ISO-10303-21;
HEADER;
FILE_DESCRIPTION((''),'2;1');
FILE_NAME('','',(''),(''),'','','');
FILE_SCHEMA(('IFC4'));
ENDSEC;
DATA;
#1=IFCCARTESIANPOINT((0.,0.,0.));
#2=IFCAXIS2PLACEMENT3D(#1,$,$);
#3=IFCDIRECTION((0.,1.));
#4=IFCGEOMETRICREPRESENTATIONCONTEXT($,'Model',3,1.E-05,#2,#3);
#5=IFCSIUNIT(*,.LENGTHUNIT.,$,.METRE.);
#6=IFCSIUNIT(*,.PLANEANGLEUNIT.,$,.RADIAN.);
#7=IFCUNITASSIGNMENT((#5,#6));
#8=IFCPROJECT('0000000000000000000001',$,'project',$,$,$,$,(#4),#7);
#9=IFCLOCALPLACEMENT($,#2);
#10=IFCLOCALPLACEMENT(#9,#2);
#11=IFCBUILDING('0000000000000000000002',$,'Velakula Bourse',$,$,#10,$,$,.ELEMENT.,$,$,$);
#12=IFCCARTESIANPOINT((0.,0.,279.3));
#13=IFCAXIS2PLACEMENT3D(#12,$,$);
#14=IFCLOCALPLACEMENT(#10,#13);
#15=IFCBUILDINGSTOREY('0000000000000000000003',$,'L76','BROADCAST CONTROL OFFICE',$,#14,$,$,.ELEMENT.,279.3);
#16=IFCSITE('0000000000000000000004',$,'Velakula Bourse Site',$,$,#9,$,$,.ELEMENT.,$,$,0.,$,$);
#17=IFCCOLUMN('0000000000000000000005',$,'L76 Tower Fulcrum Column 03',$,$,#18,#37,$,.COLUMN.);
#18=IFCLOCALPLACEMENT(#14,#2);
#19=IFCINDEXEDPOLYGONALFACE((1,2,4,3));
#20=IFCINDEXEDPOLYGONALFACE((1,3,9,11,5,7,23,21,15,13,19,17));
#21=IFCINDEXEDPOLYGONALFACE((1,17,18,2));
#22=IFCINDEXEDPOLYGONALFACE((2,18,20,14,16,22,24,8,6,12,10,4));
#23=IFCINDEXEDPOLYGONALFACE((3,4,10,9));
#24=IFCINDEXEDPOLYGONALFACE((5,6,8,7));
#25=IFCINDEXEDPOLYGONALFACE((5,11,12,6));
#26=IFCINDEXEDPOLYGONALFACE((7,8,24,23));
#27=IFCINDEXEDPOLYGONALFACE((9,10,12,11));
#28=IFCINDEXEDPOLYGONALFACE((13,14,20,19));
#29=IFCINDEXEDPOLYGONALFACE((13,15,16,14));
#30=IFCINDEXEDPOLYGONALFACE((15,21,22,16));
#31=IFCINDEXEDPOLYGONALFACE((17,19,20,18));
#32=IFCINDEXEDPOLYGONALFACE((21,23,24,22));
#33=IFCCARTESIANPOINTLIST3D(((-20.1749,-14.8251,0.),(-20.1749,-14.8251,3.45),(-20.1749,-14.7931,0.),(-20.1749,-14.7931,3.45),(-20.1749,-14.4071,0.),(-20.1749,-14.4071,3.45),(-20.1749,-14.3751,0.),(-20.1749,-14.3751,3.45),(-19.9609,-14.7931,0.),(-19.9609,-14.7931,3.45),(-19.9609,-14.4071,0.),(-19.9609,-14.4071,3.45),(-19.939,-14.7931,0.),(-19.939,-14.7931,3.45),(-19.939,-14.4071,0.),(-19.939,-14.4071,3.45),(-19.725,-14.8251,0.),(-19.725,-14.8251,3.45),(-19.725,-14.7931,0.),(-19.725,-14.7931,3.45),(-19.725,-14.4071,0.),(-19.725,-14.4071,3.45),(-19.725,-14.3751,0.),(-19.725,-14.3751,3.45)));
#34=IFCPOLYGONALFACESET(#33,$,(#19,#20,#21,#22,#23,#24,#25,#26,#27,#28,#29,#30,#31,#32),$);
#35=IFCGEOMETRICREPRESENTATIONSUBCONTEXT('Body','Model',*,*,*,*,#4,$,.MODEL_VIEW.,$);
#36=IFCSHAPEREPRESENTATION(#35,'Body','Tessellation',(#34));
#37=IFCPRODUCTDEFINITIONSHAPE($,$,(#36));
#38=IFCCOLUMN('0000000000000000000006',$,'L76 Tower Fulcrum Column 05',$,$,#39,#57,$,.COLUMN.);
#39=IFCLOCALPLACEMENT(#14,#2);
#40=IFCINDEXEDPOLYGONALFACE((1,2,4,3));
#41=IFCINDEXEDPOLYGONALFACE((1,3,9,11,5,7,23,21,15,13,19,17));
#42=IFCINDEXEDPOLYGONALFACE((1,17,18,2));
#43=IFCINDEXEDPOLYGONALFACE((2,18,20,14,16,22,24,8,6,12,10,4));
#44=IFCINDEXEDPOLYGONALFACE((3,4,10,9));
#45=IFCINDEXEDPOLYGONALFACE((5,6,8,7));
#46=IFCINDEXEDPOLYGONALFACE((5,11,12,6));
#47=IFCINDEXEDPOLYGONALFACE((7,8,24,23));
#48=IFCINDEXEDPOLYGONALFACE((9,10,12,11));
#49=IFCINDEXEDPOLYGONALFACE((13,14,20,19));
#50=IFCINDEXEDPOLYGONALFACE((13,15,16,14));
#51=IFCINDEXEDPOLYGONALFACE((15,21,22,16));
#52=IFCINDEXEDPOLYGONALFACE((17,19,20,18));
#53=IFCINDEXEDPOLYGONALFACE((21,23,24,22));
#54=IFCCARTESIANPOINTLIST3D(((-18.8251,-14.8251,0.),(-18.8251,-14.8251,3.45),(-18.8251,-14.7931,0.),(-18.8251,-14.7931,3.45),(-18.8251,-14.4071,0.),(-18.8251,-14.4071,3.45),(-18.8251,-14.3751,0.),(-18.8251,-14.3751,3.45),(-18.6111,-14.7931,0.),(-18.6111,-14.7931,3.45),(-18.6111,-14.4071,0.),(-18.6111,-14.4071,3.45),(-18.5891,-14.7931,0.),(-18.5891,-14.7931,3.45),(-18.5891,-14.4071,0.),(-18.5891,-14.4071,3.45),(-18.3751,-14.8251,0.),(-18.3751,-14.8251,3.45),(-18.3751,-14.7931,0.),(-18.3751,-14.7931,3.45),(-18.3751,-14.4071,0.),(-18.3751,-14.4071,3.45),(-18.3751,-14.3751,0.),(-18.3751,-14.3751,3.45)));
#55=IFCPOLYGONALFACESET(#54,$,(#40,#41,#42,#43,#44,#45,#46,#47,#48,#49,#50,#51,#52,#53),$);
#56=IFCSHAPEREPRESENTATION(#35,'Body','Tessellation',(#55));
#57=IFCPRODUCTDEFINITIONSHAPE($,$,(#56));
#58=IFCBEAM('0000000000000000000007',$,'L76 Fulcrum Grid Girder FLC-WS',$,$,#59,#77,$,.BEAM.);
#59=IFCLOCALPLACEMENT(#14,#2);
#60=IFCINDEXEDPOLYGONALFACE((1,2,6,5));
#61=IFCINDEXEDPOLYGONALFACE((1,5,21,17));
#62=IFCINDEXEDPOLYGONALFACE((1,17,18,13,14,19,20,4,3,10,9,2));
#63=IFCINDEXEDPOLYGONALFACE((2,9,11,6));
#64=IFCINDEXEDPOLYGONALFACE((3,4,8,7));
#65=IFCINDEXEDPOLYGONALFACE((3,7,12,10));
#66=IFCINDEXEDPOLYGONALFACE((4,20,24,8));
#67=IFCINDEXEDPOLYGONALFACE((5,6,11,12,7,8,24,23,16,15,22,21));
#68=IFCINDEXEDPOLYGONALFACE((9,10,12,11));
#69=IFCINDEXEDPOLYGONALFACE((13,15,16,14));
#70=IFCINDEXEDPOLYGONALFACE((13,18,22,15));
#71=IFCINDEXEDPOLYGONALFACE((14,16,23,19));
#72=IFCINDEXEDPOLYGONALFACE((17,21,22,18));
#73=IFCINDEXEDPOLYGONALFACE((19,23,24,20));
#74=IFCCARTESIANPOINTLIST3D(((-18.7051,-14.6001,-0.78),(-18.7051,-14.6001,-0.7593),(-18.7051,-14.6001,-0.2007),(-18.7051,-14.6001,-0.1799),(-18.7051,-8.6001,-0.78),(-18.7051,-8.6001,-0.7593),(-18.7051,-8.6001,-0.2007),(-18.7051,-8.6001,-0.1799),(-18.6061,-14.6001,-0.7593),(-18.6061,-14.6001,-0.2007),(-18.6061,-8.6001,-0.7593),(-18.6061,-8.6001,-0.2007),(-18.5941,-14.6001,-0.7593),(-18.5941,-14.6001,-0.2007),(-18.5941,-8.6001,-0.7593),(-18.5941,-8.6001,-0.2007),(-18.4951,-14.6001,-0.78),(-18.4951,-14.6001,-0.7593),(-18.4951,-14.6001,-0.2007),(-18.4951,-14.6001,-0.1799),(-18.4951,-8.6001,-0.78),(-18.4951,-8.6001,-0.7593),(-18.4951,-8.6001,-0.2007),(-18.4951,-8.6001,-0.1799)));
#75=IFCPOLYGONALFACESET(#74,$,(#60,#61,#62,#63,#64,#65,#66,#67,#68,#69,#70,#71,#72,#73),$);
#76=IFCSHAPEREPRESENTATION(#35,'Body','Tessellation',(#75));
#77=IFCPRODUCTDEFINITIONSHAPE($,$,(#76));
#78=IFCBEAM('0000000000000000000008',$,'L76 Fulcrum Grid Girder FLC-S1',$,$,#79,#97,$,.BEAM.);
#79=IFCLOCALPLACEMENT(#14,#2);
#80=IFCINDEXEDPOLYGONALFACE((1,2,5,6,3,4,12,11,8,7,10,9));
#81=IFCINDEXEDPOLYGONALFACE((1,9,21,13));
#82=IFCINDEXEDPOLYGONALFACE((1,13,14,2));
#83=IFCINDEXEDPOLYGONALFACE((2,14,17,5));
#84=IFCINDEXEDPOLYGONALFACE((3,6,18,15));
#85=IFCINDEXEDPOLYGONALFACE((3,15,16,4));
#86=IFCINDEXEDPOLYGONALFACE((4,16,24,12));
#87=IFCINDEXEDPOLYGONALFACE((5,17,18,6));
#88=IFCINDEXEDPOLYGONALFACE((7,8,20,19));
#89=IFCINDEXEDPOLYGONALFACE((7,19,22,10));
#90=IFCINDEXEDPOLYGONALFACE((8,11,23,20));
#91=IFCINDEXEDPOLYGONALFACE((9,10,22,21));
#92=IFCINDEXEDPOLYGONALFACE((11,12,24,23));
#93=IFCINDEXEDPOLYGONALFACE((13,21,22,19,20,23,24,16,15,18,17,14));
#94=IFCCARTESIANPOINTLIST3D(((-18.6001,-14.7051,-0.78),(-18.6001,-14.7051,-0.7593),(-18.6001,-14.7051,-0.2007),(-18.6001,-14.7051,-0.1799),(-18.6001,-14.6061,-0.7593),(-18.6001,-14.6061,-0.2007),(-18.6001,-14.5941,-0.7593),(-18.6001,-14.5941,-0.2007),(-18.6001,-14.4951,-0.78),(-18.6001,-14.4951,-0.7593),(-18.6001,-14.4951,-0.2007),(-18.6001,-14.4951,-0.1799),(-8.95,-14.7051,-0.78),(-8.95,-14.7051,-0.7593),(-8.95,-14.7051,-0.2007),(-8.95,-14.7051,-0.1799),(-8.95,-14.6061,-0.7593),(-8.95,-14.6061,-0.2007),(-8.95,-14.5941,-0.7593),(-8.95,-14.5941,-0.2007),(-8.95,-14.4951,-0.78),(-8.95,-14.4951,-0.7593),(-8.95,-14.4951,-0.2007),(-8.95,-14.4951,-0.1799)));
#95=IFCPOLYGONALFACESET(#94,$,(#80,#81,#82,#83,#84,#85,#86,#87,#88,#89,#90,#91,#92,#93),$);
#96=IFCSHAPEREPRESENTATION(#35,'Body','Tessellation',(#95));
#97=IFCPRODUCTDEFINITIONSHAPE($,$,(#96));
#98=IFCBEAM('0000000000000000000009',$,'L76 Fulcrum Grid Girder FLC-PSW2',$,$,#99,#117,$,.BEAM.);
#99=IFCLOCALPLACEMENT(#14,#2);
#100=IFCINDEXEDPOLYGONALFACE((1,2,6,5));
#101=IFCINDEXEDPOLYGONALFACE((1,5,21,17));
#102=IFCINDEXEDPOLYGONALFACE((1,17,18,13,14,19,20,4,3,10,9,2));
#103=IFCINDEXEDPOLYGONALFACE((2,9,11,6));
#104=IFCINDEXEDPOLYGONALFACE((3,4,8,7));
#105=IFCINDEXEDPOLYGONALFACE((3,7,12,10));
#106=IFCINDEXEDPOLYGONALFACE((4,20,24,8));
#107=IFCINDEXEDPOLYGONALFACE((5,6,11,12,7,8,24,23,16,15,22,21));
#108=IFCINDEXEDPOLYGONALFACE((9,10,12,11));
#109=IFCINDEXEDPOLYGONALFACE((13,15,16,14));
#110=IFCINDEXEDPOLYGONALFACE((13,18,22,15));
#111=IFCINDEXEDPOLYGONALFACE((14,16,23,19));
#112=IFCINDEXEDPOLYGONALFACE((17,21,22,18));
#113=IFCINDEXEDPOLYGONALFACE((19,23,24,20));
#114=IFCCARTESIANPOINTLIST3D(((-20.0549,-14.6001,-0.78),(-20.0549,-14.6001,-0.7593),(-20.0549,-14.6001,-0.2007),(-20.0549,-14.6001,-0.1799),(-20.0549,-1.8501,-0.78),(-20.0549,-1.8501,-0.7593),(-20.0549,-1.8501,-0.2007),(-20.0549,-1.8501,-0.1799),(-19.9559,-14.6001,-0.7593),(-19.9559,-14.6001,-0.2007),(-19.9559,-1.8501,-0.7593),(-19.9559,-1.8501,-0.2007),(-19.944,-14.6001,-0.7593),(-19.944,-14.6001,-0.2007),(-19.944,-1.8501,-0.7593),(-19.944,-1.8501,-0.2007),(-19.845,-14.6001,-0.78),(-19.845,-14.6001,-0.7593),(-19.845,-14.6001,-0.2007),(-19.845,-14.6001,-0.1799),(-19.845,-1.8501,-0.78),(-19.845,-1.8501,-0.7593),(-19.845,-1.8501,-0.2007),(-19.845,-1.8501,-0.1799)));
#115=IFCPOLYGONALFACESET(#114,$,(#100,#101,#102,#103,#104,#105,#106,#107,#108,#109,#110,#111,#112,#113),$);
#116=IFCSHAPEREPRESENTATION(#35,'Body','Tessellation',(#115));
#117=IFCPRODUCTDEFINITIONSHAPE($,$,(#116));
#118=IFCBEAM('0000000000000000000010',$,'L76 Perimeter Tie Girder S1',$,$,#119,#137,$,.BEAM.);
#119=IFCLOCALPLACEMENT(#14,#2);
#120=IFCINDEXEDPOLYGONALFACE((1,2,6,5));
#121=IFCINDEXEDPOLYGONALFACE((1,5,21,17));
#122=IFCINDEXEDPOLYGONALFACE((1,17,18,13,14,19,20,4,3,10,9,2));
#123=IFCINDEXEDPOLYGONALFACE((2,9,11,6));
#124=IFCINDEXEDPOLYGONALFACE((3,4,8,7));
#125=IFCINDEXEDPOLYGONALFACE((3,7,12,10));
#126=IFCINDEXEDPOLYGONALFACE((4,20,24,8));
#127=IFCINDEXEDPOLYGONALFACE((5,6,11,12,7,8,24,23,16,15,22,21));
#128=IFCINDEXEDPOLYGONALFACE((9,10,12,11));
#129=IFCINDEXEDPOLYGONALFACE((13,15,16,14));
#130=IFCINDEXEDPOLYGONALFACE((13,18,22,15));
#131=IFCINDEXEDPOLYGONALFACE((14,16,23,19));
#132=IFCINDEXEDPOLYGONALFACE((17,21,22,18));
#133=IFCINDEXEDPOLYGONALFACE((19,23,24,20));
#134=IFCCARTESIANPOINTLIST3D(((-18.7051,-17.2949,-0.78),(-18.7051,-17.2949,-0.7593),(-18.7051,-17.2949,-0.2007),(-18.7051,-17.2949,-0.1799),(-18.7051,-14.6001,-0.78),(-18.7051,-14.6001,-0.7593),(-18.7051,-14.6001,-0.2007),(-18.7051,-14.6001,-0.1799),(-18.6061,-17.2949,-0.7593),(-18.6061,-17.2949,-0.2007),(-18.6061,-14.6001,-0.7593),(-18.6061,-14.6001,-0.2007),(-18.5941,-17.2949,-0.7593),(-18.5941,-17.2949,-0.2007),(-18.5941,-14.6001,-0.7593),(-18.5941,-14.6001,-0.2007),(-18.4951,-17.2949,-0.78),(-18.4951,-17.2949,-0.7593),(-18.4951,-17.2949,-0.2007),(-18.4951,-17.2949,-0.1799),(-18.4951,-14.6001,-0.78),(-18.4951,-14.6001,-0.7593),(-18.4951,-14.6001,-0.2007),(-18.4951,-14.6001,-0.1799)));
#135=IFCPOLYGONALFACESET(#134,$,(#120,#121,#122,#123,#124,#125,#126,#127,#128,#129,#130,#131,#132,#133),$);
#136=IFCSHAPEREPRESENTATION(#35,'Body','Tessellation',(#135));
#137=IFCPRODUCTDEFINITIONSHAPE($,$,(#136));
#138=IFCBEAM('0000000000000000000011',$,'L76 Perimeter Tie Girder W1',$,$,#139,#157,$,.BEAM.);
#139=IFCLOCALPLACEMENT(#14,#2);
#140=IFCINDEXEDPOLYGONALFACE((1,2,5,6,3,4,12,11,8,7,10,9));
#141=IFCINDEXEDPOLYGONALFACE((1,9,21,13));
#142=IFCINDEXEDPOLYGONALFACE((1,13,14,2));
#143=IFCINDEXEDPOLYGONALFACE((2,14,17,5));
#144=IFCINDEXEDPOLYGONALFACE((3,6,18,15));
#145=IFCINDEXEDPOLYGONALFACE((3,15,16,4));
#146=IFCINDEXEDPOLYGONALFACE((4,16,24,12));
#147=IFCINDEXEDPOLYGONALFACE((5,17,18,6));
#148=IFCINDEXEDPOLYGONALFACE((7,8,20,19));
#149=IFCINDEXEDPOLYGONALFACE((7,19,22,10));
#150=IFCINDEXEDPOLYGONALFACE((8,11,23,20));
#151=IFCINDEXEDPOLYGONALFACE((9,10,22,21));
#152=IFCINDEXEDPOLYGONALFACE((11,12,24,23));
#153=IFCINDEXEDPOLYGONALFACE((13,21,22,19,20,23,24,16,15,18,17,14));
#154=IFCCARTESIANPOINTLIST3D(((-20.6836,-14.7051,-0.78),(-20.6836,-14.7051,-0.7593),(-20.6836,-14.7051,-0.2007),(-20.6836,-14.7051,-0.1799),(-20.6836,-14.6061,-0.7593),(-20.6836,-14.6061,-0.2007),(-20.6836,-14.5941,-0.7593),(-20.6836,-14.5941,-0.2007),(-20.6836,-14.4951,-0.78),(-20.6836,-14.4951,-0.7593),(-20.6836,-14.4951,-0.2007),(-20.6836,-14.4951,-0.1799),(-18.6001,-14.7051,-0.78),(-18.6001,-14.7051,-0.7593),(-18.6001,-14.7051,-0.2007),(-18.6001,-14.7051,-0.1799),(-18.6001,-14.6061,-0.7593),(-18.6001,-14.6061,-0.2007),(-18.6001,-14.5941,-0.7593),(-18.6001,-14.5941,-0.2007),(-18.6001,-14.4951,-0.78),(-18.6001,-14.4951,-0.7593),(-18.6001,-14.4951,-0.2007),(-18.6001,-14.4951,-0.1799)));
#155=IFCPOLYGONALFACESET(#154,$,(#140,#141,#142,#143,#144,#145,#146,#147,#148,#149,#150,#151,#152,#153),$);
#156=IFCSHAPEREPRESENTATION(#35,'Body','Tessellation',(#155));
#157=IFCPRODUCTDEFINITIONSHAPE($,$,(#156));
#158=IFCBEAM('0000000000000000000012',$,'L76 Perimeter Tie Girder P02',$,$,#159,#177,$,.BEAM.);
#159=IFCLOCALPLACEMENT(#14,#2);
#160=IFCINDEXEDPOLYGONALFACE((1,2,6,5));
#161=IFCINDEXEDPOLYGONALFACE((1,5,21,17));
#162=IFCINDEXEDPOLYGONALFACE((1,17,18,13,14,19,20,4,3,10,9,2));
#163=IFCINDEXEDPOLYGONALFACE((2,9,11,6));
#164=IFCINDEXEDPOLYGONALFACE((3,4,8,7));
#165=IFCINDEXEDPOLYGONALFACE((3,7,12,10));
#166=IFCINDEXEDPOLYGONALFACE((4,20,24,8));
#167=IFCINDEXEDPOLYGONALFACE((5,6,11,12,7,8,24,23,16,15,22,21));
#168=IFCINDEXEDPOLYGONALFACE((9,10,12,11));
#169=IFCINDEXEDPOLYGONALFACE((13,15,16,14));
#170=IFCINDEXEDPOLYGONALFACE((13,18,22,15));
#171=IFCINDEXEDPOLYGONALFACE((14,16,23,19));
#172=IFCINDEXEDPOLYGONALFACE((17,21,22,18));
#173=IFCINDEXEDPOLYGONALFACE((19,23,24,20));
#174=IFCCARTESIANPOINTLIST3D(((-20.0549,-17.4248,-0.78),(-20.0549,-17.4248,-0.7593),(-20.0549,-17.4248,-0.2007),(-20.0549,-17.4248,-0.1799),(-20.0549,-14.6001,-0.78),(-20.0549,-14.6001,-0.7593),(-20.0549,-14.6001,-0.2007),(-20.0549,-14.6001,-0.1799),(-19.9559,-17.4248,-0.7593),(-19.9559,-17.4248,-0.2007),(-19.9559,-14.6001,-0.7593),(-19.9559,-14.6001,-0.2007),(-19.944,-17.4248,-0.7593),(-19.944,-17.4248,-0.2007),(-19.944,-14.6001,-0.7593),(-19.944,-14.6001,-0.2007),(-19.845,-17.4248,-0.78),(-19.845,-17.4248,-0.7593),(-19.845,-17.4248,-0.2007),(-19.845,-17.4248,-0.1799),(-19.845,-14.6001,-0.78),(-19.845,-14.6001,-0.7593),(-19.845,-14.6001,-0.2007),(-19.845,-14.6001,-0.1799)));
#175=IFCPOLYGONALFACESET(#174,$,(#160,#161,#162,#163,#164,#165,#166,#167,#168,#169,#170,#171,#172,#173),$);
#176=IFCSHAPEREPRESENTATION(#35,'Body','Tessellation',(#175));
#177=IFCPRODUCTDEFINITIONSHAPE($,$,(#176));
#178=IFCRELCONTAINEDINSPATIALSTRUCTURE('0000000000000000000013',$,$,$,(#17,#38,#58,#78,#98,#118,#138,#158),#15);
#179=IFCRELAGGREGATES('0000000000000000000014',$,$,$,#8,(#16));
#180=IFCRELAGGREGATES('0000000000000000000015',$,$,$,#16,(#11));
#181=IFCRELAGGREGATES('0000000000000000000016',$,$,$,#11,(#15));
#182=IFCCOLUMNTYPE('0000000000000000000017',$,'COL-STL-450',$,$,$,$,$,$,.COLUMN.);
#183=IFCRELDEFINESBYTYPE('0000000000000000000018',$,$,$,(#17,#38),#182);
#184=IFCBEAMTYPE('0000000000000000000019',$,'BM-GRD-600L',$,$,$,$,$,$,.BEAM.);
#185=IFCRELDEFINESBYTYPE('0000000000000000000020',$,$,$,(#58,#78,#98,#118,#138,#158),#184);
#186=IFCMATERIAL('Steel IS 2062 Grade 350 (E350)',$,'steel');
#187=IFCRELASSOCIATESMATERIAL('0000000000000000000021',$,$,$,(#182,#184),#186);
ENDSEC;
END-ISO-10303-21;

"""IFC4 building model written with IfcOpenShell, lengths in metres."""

from ifc_helpers import new_model, si_unit, direction, frame, origin, origin_2d, place, context, subcontext, project, spatial, i_section, extrude, material, material_profile, profile_set, type_object, element, save


model = new_model("IFC4")

# Units and contexts
model_context = context("Model", 3, precision=1e-05, world=origin(), true_north=direction((0.0, 1.0)))
body_context = subcontext(model_context, "Body", "Model", "MODEL_VIEW")
ifc_project = project(units=[si_unit("LENGTHUNIT", "METRE"), si_unit("PLANEANGLEUNIT", "RADIAN")], contexts=[model_context])

# Site, building, storey
site_placement = place(None, origin())
site = spatial("IfcSite", under=ifc_project, at=site_placement, Name="Velakula Bourse Site", CompositionType="ELEMENT", RefElevation=0.0)
building_placement = place(site_placement, origin())
building = spatial("IfcBuilding", under=site, at=building_placement, Name="Velakula Bourse", CompositionType="ELEMENT")
storey_placement = place(building_placement, frame((0.0, 0.0, 279.3)))
storey = spatial("IfcBuildingStorey", under=building, at=storey_placement, Name="L76", Description="BROADCAST CONTROL OFFICE", CompositionType="ELEMENT", Elevation=279.3)

# Columns
ifc_material_1 = material(Name="Steel IS 2062 Grade 350 (E350)", Category="steel")
ifc_material_profile_1 = material_profile(ifc_material_1, i_section(OverallWidth=0.45, OverallDepth=0.45, WebThickness=0.022, FlangeThickness=0.032, at=origin_2d()), Name="Steel IS 2062 Grade 350 (E350)")
ifc_profile_set_1 = profile_set([ifc_material_profile_1], Name="Steel IS 2062 Grade 350 (E350)")
column_type = type_object("IfcColumnType", Name="COL-STL-450", PredefinedType="COLUMN", material=ifc_profile_set_1)
for number, where, z_axis, x_axis, name in (
    (1, (-19.95, -14.6001, 0.0), (0.0, 0.0, 1.0), (1.0, 0.0, 0.0), "L76 Tower Fulcrum Column 03"),
    (2, (-18.6001, -14.6001, 0.0), (0.0, 0.0, 1.0), (1.0, 0.0, 0.0), "L76 Tower Fulcrum Column 05"),
):
    element("IfcColumn", number, at=place(storey_placement, frame(where, z_axis=z_axis, x_axis=x_axis)), inside=storey, type_object=column_type, Name=name, PredefinedType="COLUMN", context=body_context, shape_type="SweptSolid", body=[
        extrude(i_section(OverallWidth=0.45, OverallDepth=0.45, WebThickness=0.022, FlangeThickness=0.032, at=origin_2d()), origin(), (0.0, 0.0, 1.0), 3.45),
    ])

# Beams
ifc_material_profile_2 = material_profile(ifc_material_1, i_section(OverallWidth=0.21, OverallDepth=0.6001, WebThickness=0.012, FlangeThickness=0.0208, at=origin_2d()), Name="Steel IS 2062 Grade 350 (E350)")
ifc_profile_set_2 = profile_set([ifc_material_profile_2], Name="Steel IS 2062 Grade 350 (E350)")
beam_type_1 = type_object("IfcBeamType", Name="BM-GRD-600L", PredefinedType="BEAM", material=ifc_profile_set_2)
beam_1_placement = place(storey_placement, frame((-18.6001, -14.6001, -0.48), z_axis=(0.0, 1.0, 0.0), x_axis=(-1.0, 0.0, 0.0)))
element("IfcBeam", 3, at=beam_1_placement, inside=storey, type_object=beam_type_1, Name="L76 Fulcrum Grid Girder FLC-WS", PredefinedType="BEAM", context=body_context, shape_type="SweptSolid", body=[
    extrude(i_section(OverallWidth=0.21, OverallDepth=0.6001, WebThickness=0.012, FlangeThickness=0.0208, at=origin_2d()), origin(), (0.0, 0.0, 1.0), 6.0),
])
beam_2_placement = place(storey_placement, frame((-18.6001, -14.6001, -0.48), z_axis=(1.0, 0.0, 0.0), x_axis=(0.0, 1.0, 0.0)))
element("IfcBeam", 4, at=beam_2_placement, inside=storey, type_object=beam_type_1, Name="L76 Fulcrum Grid Girder FLC-S1", PredefinedType="BEAM", context=body_context, shape_type="SweptSolid", body=[
    extrude(i_section(OverallWidth=0.21, OverallDepth=0.6001, WebThickness=0.012, FlangeThickness=0.0208, at=origin_2d()), origin(), (0.0, 0.0, 1.0), 9.6501),
])
beam_3_placement = place(storey_placement, frame((-19.95, -14.6001, -0.48), z_axis=(0.0, 1.0, 0.0), x_axis=(-1.0, 0.0, 0.0)))
element("IfcBeam", 5, at=beam_3_placement, inside=storey, type_object=beam_type_1, Name="L76 Fulcrum Grid Girder FLC-PSW2", PredefinedType="BEAM", context=body_context, shape_type="SweptSolid", body=[
    extrude(i_section(OverallWidth=0.21, OverallDepth=0.6001, WebThickness=0.012, FlangeThickness=0.0208, at=origin_2d()), origin(), (0.0, 0.0, 1.0), 12.75),
])
beam_4_placement = place(storey_placement, frame((-18.6001, -14.6001, -0.48), z_axis=(0.0, -1.0, 0.0), x_axis=(1.0, 0.0, 0.0)))
element("IfcBeam", 6, at=beam_4_placement, inside=storey, type_object=beam_type_1, Name="L76 Perimeter Tie Girder S1", PredefinedType="BEAM", context=body_context, shape_type="SweptSolid", body=[
    extrude(i_section(OverallWidth=0.21, OverallDepth=0.6001, WebThickness=0.012, FlangeThickness=0.0208, at=origin_2d()), origin(), (0.0, 0.0, 1.0), 2.6948),
])
beam_5_placement = place(storey_placement, frame((-18.6001, -14.6001, -0.48), z_axis=(-1.0, 0.0, 0.0), x_axis=(0.0, -1.0, 0.0)))
element("IfcBeam", 7, at=beam_5_placement, inside=storey, type_object=beam_type_1, Name="L76 Perimeter Tie Girder W1", PredefinedType="BEAM", context=body_context, shape_type="SweptSolid", body=[
    extrude(i_section(OverallWidth=0.21, OverallDepth=0.6001, WebThickness=0.012, FlangeThickness=0.0208, at=origin_2d()), origin(), (0.0, 0.0, 1.0), 2.0835),
])
beam_6_placement = place(storey_placement, frame((-19.95, -14.6001, -0.48), z_axis=(0.0, -1.0, 0.0), x_axis=(1.0, 0.0, 0.0)))
element("IfcBeam", 8, at=beam_6_placement, inside=storey, type_object=beam_type_1, Name="L76 Perimeter Tie Girder P02", PredefinedType="BEAM", context=body_context, shape_type="SweptSolid", body=[
    extrude(i_section(OverallWidth=0.21, OverallDepth=0.6001, WebThickness=0.012, FlangeThickness=0.0208, at=origin_2d()), origin(), (0.0, 0.0, 1.0), 2.8247),
])

save(model, "model.ifc")
